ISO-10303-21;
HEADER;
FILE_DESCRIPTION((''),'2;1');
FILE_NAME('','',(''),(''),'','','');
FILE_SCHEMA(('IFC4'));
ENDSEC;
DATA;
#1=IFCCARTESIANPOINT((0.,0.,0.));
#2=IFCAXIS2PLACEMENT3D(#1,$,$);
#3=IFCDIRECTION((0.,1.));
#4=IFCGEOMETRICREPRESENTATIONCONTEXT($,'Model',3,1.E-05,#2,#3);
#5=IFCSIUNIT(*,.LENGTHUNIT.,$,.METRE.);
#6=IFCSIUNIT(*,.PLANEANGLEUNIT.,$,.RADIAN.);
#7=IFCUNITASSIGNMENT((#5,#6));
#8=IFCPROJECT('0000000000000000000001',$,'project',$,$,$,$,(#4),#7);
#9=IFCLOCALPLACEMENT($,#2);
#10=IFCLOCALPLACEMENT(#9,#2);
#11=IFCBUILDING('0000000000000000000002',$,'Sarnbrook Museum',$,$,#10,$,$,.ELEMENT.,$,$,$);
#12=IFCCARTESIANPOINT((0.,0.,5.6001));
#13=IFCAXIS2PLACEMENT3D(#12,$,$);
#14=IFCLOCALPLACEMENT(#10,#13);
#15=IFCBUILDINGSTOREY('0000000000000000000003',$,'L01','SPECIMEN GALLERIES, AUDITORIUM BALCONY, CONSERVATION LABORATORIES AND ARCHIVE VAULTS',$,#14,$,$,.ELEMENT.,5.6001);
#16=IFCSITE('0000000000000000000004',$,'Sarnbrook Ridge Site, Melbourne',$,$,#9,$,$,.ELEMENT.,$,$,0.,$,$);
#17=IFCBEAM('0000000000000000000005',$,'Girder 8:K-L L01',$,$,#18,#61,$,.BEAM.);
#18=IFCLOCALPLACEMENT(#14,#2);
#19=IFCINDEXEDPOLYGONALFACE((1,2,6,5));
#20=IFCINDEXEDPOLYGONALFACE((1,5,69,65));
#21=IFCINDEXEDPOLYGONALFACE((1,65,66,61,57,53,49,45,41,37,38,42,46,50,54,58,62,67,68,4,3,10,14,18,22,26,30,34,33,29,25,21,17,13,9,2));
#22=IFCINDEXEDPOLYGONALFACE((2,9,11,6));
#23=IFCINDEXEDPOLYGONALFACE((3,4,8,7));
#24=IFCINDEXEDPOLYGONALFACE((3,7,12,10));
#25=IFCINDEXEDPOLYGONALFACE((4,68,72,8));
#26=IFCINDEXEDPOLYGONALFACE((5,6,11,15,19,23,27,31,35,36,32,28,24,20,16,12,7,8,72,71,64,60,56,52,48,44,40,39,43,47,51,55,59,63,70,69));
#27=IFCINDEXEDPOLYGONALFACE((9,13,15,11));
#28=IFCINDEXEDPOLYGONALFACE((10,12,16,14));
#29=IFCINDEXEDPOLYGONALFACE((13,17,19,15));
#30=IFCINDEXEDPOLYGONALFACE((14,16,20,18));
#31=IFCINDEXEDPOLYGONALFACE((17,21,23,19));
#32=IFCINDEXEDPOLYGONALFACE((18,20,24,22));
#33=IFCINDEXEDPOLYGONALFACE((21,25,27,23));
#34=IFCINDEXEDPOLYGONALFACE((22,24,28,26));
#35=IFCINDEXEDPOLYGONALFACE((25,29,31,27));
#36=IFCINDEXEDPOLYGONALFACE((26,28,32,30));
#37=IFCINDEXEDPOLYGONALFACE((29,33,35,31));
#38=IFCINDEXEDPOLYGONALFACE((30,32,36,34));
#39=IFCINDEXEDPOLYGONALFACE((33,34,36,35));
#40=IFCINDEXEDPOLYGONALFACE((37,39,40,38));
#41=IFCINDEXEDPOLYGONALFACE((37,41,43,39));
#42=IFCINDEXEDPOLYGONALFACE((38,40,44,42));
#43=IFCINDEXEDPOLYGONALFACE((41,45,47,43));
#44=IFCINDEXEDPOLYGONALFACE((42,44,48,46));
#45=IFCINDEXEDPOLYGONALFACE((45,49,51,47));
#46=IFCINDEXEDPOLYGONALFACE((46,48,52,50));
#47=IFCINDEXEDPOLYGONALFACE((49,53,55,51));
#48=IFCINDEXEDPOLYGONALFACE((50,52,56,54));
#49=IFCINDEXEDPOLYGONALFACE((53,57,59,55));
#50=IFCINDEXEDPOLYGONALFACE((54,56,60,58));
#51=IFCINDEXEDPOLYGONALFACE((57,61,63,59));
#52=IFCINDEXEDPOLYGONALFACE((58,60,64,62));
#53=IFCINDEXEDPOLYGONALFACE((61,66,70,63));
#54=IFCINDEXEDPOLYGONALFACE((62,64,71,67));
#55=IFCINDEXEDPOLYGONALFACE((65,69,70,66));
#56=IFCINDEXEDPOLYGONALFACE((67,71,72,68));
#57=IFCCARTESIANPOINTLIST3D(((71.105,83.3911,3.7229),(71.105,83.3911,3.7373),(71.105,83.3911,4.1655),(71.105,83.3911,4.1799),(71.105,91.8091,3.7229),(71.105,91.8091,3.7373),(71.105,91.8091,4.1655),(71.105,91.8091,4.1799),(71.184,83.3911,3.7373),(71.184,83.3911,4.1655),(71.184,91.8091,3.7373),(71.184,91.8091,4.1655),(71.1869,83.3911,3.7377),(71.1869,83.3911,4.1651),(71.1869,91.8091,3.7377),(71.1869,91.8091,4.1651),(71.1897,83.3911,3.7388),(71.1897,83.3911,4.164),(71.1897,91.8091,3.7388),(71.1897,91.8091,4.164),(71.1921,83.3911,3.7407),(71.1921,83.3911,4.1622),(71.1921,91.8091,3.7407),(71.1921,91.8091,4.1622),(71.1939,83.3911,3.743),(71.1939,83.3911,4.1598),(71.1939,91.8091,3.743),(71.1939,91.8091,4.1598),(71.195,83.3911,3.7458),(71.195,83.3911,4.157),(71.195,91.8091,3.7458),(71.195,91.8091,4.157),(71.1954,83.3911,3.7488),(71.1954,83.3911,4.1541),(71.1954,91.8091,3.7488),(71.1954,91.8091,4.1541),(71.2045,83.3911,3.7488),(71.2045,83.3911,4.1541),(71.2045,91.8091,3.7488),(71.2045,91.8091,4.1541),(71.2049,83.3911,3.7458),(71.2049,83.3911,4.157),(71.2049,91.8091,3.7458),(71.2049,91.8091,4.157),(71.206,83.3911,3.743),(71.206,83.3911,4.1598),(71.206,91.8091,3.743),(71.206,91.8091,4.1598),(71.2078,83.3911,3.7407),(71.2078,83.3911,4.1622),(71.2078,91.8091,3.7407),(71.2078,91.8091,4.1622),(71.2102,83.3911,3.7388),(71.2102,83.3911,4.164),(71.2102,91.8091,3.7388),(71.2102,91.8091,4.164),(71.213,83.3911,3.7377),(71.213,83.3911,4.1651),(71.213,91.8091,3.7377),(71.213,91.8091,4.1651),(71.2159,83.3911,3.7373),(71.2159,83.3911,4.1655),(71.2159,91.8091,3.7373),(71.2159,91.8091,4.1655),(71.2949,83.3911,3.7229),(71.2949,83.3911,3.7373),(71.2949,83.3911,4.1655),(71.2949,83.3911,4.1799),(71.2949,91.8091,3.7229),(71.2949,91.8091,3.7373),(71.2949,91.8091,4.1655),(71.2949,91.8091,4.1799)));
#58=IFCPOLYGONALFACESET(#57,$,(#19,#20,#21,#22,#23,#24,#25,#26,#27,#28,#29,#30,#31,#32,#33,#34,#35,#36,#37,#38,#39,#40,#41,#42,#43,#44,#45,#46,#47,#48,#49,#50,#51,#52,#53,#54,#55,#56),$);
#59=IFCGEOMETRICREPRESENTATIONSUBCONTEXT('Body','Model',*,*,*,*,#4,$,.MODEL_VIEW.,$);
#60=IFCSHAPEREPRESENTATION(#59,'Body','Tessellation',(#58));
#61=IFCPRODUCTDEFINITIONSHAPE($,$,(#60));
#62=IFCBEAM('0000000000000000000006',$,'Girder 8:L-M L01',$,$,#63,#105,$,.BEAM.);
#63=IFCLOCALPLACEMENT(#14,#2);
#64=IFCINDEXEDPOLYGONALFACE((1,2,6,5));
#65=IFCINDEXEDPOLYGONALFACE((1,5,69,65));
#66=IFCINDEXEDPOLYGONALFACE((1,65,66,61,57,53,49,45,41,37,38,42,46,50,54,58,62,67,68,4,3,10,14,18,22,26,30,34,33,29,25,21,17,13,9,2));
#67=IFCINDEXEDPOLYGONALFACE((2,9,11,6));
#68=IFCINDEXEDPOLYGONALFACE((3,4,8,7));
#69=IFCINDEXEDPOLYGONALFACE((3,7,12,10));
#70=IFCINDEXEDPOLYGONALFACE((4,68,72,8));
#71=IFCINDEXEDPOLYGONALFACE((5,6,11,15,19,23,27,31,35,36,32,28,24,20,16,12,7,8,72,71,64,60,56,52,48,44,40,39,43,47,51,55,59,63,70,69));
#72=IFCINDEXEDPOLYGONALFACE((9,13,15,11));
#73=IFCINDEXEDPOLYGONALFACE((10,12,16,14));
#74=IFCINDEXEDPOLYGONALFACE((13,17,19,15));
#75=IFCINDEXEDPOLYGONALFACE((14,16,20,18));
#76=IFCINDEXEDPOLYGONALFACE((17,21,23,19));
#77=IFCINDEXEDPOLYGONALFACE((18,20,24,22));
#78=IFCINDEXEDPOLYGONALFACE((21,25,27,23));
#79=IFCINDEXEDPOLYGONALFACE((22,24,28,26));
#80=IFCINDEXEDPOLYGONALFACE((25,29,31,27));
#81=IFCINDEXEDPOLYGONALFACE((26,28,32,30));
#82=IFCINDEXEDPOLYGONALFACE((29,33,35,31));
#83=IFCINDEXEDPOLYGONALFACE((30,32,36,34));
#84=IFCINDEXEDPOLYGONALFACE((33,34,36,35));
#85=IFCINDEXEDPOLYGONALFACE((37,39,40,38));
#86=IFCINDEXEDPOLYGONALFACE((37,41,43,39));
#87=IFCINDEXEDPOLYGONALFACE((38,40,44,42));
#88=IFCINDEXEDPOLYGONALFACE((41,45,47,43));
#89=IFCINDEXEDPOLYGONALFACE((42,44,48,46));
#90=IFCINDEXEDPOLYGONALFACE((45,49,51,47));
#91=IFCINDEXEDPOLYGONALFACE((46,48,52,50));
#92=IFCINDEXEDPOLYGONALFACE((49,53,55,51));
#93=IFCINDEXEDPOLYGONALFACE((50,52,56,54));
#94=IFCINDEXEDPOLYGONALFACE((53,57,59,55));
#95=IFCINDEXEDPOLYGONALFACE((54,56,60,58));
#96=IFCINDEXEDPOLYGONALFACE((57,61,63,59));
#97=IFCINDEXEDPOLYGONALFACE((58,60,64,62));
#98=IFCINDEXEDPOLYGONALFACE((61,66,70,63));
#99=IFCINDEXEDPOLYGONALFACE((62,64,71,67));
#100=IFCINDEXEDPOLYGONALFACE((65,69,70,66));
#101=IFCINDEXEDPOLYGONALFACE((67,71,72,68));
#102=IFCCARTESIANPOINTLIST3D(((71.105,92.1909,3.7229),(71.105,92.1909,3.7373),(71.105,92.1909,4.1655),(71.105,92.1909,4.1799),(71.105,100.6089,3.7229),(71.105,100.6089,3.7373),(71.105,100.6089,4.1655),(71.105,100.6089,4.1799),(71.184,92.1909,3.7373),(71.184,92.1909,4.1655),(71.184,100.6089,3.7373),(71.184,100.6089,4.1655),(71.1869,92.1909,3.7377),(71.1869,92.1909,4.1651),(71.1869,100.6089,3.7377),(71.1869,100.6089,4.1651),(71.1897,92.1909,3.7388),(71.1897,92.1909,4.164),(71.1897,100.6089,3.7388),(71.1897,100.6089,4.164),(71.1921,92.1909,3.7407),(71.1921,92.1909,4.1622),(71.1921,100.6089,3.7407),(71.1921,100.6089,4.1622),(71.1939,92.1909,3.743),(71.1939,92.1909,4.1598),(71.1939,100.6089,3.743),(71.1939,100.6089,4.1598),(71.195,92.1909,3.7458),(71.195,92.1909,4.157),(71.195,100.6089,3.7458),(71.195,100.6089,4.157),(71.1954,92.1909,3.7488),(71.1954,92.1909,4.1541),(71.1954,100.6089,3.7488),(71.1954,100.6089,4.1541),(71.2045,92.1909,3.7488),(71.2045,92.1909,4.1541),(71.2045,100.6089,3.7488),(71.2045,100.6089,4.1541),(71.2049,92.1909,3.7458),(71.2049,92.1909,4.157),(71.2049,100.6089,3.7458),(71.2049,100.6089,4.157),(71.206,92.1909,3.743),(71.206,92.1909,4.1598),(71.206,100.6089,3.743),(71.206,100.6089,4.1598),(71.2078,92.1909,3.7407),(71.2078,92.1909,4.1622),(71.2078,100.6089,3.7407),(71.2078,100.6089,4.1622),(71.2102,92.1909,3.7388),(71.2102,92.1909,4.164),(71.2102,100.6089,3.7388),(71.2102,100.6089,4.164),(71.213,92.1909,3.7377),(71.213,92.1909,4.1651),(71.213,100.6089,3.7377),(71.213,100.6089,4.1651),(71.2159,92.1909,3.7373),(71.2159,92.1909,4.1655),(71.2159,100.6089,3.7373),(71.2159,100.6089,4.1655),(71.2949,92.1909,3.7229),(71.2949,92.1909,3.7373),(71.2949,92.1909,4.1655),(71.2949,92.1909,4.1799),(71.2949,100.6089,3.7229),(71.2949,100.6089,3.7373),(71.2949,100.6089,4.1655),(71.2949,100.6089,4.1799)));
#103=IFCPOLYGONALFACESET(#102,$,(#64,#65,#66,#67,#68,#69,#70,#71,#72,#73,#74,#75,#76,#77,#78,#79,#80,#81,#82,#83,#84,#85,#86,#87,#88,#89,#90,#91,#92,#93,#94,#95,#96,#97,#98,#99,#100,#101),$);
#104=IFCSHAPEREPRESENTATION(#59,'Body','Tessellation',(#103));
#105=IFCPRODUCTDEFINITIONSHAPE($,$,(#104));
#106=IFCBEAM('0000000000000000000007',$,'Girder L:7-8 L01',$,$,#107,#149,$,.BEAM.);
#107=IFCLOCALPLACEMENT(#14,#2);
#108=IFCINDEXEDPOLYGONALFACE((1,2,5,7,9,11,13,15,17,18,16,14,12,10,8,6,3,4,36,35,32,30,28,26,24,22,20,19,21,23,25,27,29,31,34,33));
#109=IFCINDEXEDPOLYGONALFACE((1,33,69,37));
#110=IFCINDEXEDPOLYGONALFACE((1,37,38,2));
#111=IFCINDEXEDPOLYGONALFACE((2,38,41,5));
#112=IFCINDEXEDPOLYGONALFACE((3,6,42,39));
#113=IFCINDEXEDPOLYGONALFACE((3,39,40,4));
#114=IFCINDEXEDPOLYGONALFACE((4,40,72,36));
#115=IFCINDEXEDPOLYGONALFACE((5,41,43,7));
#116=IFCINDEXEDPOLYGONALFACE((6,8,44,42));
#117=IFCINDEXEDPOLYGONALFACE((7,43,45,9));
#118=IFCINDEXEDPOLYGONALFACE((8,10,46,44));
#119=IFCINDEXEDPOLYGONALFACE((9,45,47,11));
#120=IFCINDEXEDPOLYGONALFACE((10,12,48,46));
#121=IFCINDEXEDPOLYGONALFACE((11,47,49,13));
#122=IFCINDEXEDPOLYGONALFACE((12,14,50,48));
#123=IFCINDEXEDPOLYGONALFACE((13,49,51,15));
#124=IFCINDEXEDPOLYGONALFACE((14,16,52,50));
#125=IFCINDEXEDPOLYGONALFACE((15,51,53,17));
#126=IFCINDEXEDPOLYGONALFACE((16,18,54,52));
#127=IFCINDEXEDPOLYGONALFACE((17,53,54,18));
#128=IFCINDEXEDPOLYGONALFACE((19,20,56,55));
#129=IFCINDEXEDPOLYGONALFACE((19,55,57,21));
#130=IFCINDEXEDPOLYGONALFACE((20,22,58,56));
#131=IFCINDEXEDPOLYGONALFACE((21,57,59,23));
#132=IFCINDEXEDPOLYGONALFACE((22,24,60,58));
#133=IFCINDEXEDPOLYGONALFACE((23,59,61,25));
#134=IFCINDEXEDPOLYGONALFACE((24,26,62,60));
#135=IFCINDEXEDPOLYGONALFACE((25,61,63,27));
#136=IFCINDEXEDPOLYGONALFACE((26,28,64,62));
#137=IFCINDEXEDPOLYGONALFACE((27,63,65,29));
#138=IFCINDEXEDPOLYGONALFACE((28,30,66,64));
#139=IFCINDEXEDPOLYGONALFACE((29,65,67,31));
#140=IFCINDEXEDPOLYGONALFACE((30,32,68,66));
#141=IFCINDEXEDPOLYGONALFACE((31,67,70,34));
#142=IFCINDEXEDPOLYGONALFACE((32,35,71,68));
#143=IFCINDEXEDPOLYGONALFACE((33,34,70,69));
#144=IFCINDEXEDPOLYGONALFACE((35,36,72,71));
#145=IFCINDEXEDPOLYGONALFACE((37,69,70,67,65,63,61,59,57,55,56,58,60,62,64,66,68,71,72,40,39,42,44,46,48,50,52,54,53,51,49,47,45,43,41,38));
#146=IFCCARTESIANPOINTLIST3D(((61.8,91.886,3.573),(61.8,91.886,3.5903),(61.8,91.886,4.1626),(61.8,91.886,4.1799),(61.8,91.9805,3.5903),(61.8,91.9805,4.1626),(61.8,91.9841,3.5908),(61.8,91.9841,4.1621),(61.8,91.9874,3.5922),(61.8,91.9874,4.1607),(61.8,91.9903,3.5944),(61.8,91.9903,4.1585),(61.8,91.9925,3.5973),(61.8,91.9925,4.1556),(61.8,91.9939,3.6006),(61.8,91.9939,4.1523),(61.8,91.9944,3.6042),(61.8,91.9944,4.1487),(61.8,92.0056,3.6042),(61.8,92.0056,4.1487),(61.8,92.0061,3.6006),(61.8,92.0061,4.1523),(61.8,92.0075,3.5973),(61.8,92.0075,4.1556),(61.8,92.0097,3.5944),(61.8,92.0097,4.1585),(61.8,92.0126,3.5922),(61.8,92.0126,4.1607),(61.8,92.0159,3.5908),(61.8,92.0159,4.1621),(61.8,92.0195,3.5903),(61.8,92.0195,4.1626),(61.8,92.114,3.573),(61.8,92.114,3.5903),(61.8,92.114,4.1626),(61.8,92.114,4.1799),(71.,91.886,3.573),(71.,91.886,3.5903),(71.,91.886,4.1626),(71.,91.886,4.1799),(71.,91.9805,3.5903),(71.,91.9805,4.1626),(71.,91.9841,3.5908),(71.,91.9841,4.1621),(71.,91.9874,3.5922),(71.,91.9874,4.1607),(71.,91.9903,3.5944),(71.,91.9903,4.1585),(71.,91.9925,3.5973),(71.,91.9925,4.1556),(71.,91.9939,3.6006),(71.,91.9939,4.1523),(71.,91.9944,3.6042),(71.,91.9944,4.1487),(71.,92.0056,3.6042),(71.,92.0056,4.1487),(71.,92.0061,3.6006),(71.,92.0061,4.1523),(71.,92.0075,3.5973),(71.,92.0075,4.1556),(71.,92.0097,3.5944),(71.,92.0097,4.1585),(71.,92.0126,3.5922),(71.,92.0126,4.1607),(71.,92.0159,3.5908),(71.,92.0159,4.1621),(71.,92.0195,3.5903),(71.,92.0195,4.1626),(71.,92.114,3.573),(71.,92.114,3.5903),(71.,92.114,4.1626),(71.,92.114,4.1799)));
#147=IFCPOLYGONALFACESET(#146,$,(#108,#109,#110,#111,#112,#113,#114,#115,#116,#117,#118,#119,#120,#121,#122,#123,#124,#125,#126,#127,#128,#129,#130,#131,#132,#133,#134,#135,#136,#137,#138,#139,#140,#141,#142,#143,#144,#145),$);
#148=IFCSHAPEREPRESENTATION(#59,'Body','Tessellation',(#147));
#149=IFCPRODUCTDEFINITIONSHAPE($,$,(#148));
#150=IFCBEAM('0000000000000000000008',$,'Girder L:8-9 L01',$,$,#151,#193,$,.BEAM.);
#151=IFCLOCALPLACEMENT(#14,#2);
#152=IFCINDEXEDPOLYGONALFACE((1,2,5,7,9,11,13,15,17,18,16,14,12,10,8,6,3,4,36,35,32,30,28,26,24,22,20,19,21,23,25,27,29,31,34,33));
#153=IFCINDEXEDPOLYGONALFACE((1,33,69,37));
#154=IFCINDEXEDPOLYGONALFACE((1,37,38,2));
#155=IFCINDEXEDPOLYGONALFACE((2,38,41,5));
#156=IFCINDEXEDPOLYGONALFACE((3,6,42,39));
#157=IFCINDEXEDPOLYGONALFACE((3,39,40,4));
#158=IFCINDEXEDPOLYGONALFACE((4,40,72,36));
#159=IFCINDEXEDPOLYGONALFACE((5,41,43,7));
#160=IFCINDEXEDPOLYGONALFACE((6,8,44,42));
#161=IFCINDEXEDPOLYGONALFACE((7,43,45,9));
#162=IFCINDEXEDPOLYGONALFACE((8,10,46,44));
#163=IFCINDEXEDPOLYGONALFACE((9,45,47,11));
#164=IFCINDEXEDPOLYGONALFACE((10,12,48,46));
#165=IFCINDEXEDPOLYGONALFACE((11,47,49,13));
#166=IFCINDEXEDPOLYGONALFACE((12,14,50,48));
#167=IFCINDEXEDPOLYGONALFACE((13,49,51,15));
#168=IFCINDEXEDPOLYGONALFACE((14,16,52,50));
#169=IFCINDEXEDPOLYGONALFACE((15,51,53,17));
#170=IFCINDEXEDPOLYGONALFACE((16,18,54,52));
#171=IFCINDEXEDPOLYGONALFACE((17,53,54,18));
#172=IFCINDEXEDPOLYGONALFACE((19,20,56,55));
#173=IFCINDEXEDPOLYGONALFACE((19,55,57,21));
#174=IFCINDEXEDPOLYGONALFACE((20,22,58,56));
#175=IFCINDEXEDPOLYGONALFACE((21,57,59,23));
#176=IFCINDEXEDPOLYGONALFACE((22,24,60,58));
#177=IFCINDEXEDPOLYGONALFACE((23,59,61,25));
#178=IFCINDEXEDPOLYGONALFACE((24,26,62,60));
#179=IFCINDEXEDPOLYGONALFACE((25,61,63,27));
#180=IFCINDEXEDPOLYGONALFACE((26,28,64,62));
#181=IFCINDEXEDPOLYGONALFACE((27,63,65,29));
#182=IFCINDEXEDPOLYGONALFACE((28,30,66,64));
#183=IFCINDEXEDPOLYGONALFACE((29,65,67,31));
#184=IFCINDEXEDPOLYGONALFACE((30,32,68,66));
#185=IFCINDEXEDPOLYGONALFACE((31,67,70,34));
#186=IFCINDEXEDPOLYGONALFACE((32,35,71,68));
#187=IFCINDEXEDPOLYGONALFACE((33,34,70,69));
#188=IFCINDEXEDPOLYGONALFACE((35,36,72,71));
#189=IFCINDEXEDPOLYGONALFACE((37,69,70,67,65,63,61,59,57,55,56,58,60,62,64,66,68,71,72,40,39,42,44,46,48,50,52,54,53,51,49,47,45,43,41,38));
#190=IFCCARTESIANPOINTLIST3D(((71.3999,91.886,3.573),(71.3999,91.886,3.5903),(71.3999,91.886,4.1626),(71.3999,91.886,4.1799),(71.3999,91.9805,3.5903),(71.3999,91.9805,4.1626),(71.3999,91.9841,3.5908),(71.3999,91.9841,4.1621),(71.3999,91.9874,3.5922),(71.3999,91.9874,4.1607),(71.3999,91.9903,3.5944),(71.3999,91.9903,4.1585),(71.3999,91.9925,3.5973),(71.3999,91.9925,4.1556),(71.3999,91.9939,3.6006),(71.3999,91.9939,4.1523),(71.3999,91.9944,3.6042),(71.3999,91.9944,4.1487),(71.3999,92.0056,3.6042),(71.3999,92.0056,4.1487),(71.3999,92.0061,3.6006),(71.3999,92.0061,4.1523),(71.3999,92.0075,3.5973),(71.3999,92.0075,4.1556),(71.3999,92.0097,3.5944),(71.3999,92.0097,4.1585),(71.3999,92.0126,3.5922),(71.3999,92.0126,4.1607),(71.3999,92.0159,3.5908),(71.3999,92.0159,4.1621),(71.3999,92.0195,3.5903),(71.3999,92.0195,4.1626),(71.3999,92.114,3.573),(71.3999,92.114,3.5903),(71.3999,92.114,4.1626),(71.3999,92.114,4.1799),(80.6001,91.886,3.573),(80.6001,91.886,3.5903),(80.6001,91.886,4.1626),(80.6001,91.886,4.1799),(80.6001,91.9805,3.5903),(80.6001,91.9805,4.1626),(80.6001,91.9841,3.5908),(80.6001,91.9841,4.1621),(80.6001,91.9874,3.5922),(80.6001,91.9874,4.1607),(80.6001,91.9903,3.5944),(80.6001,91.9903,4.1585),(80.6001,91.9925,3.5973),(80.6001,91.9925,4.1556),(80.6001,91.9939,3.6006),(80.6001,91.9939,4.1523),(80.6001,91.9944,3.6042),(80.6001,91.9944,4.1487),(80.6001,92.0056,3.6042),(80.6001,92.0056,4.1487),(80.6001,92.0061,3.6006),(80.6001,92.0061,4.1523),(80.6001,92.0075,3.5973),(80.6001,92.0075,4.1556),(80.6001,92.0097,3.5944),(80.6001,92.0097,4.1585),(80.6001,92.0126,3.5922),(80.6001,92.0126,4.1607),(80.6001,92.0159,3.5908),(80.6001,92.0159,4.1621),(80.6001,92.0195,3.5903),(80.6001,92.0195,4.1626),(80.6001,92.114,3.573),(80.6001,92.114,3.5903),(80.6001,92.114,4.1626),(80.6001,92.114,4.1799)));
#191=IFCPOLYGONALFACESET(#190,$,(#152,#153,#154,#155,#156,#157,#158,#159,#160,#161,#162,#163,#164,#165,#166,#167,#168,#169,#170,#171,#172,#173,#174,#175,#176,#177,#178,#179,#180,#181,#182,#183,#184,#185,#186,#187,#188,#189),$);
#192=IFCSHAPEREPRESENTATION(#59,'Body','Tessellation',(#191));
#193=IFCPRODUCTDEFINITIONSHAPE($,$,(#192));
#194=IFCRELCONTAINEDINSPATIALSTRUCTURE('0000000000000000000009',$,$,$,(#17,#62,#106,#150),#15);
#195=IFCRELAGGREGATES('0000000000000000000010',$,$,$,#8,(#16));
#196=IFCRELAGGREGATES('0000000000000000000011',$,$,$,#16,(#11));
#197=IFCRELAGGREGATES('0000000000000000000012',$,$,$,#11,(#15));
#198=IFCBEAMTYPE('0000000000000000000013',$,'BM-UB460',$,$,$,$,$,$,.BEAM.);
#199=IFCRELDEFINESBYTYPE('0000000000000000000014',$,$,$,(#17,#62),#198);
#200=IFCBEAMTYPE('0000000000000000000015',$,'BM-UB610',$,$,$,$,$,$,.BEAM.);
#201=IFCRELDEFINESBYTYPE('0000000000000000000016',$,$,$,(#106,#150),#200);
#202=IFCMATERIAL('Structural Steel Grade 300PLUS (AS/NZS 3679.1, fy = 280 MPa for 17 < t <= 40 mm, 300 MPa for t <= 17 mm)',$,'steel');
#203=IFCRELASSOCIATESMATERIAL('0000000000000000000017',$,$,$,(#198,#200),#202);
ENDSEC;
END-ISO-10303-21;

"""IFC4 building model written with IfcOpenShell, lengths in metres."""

from ifc_helpers import new_model, si_unit, direction, frame, origin, origin_2d, place, context, subcontext, project, spatial, i_section, extrude, material, material_profile, profile_set, type_object, element, save


model = new_model("IFC4")

# Units and contexts
model_context = context("Model", 3, precision=1e-05, world=origin(), true_north=direction((0.0, 1.0)))
body_context = subcontext(model_context, "Body", "Model", "MODEL_VIEW")
ifc_project = project(units=[si_unit("LENGTHUNIT", "METRE"), si_unit("PLANEANGLEUNIT", "RADIAN")], contexts=[model_context])

# Site, building, storey
site_placement = place(None, origin())
site = spatial("IfcSite", under=ifc_project, at=site_placement, Name="Sarnbrook Ridge Site, Melbourne", CompositionType="ELEMENT", RefElevation=0.0)
building_placement = place(site_placement, origin())
building = spatial("IfcBuilding", under=site, at=building_placement, Name="Sarnbrook Museum", CompositionType="ELEMENT")
storey_placement = place(building_placement, frame((0.0, 0.0, 5.6001)))
storey = spatial("IfcBuildingStorey", under=building, at=storey_placement, Name="L01", Description="SPECIMEN GALLERIES, AUDITORIUM BALCONY, CONSERVATION LABORATORIES AND ARCHIVE VAULTS", CompositionType="ELEMENT", Elevation=5.6001)

# Beams
ifc_material_1 = material(Name="Structural Steel Grade 300PLUS (AS/NZS 3679.1, fy = 280 MPa for 17 < t <= 40 mm, 300 MPa for t <= 17 mm)", Category="steel")
ifc_material_profile_1 = material_profile(ifc_material_1, i_section(OverallWidth=0.1899, OverallDepth=0.457, WebThickness=0.009, FlangeThickness=0.0144, FilletRadius=0.0115, at=origin_2d()), Name="460UB74.6")
ifc_profile_set_1 = profile_set([ifc_material_profile_1], Name="Structural Steel Grade 300PLUS (AS/NZS 3679.1, fy = 280 MPa for 17 < t <= 40 mm, 300 MPa for t <= 17 mm)")
beam_type_1 = type_object("IfcBeamType", Name="BM-UB460", PredefinedType="BEAM", material=ifc_profile_set_1)
for number, where, z_axis, x_axis, name in (
    (1, (71.2, 83.3911, 3.9514), (0.0, 1.0, 0.0), (-1.0, 0.0, 0.0), "Girder 8:K-L L01"),
    (2, (71.2, 92.1909, 3.9514), (0.0, 1.0, 0.0), (-1.0, 0.0, 0.0), "Girder 8:L-M L01"),
):
    element("IfcBeam", number, at=place(storey_placement, frame(where, z_axis=z_axis, x_axis=x_axis)), inside=storey, type_object=beam_type_1, Name=name, PredefinedType="BEAM", context=body_context, shape_type="SweptSolid", body=[
        extrude(i_section(OverallWidth=0.1899, OverallDepth=0.457, WebThickness=0.009, FlangeThickness=0.0144, FilletRadius=0.0115, at=origin_2d()), origin(), (0.0, 0.0, 1.0), 8.418),
    ])
ifc_material_profile_2 = material_profile(ifc_material_1, i_section(OverallWidth=0.228, OverallDepth=0.6069, WebThickness=0.0112, FlangeThickness=0.0173, FilletRadius=0.0139, at=origin_2d()), Name="610UB113")
ifc_profile_set_2 = profile_set([ifc_material_profile_2], Name="Structural Steel Grade 300PLUS (AS/NZS 3679.1, fy = 280 MPa for 17 < t <= 40 mm, 300 MPa for t <= 17 mm)")
beam_type_2 = type_object("IfcBeamType", Name="BM-UB610", PredefinedType="BEAM", material=ifc_profile_set_2)
beam_1_placement = place(storey_placement, frame((61.8, 92.0, 3.8765), z_axis=(1.0, 0.0, 0.0), x_axis=(0.0, 1.0, 0.0)))
element("IfcBeam", 3, at=beam_1_placement, inside=storey, type_object=beam_type_2, Name="Girder L:7-8 L01", PredefinedType="BEAM", context=body_context, shape_type="SweptSolid", body=[
    extrude(i_section(OverallWidth=0.228, OverallDepth=0.6069, WebThickness=0.0112, FlangeThickness=0.0173, FilletRadius=0.0139, at=origin_2d()), origin(), (0.0, 0.0, 1.0), 9.2),
])
beam_2_placement = place(storey_placement, frame((71.3999, 92.0, 3.8765), z_axis=(1.0, 0.0, 0.0), x_axis=(0.0, 1.0, 0.0)))
element("IfcBeam", 4, at=beam_2_placement, inside=storey, type_object=beam_type_2, Name="Girder L:8-9 L01", PredefinedType="BEAM", context=body_context, shape_type="SweptSolid", body=[
    extrude(i_section(OverallWidth=0.228, OverallDepth=0.6069, WebThickness=0.0112, FlangeThickness=0.0173, FilletRadius=0.0139, at=origin_2d()), origin(), (0.0, 0.0, 1.0), 9.2002),
])

save(model, "model.ifc")
